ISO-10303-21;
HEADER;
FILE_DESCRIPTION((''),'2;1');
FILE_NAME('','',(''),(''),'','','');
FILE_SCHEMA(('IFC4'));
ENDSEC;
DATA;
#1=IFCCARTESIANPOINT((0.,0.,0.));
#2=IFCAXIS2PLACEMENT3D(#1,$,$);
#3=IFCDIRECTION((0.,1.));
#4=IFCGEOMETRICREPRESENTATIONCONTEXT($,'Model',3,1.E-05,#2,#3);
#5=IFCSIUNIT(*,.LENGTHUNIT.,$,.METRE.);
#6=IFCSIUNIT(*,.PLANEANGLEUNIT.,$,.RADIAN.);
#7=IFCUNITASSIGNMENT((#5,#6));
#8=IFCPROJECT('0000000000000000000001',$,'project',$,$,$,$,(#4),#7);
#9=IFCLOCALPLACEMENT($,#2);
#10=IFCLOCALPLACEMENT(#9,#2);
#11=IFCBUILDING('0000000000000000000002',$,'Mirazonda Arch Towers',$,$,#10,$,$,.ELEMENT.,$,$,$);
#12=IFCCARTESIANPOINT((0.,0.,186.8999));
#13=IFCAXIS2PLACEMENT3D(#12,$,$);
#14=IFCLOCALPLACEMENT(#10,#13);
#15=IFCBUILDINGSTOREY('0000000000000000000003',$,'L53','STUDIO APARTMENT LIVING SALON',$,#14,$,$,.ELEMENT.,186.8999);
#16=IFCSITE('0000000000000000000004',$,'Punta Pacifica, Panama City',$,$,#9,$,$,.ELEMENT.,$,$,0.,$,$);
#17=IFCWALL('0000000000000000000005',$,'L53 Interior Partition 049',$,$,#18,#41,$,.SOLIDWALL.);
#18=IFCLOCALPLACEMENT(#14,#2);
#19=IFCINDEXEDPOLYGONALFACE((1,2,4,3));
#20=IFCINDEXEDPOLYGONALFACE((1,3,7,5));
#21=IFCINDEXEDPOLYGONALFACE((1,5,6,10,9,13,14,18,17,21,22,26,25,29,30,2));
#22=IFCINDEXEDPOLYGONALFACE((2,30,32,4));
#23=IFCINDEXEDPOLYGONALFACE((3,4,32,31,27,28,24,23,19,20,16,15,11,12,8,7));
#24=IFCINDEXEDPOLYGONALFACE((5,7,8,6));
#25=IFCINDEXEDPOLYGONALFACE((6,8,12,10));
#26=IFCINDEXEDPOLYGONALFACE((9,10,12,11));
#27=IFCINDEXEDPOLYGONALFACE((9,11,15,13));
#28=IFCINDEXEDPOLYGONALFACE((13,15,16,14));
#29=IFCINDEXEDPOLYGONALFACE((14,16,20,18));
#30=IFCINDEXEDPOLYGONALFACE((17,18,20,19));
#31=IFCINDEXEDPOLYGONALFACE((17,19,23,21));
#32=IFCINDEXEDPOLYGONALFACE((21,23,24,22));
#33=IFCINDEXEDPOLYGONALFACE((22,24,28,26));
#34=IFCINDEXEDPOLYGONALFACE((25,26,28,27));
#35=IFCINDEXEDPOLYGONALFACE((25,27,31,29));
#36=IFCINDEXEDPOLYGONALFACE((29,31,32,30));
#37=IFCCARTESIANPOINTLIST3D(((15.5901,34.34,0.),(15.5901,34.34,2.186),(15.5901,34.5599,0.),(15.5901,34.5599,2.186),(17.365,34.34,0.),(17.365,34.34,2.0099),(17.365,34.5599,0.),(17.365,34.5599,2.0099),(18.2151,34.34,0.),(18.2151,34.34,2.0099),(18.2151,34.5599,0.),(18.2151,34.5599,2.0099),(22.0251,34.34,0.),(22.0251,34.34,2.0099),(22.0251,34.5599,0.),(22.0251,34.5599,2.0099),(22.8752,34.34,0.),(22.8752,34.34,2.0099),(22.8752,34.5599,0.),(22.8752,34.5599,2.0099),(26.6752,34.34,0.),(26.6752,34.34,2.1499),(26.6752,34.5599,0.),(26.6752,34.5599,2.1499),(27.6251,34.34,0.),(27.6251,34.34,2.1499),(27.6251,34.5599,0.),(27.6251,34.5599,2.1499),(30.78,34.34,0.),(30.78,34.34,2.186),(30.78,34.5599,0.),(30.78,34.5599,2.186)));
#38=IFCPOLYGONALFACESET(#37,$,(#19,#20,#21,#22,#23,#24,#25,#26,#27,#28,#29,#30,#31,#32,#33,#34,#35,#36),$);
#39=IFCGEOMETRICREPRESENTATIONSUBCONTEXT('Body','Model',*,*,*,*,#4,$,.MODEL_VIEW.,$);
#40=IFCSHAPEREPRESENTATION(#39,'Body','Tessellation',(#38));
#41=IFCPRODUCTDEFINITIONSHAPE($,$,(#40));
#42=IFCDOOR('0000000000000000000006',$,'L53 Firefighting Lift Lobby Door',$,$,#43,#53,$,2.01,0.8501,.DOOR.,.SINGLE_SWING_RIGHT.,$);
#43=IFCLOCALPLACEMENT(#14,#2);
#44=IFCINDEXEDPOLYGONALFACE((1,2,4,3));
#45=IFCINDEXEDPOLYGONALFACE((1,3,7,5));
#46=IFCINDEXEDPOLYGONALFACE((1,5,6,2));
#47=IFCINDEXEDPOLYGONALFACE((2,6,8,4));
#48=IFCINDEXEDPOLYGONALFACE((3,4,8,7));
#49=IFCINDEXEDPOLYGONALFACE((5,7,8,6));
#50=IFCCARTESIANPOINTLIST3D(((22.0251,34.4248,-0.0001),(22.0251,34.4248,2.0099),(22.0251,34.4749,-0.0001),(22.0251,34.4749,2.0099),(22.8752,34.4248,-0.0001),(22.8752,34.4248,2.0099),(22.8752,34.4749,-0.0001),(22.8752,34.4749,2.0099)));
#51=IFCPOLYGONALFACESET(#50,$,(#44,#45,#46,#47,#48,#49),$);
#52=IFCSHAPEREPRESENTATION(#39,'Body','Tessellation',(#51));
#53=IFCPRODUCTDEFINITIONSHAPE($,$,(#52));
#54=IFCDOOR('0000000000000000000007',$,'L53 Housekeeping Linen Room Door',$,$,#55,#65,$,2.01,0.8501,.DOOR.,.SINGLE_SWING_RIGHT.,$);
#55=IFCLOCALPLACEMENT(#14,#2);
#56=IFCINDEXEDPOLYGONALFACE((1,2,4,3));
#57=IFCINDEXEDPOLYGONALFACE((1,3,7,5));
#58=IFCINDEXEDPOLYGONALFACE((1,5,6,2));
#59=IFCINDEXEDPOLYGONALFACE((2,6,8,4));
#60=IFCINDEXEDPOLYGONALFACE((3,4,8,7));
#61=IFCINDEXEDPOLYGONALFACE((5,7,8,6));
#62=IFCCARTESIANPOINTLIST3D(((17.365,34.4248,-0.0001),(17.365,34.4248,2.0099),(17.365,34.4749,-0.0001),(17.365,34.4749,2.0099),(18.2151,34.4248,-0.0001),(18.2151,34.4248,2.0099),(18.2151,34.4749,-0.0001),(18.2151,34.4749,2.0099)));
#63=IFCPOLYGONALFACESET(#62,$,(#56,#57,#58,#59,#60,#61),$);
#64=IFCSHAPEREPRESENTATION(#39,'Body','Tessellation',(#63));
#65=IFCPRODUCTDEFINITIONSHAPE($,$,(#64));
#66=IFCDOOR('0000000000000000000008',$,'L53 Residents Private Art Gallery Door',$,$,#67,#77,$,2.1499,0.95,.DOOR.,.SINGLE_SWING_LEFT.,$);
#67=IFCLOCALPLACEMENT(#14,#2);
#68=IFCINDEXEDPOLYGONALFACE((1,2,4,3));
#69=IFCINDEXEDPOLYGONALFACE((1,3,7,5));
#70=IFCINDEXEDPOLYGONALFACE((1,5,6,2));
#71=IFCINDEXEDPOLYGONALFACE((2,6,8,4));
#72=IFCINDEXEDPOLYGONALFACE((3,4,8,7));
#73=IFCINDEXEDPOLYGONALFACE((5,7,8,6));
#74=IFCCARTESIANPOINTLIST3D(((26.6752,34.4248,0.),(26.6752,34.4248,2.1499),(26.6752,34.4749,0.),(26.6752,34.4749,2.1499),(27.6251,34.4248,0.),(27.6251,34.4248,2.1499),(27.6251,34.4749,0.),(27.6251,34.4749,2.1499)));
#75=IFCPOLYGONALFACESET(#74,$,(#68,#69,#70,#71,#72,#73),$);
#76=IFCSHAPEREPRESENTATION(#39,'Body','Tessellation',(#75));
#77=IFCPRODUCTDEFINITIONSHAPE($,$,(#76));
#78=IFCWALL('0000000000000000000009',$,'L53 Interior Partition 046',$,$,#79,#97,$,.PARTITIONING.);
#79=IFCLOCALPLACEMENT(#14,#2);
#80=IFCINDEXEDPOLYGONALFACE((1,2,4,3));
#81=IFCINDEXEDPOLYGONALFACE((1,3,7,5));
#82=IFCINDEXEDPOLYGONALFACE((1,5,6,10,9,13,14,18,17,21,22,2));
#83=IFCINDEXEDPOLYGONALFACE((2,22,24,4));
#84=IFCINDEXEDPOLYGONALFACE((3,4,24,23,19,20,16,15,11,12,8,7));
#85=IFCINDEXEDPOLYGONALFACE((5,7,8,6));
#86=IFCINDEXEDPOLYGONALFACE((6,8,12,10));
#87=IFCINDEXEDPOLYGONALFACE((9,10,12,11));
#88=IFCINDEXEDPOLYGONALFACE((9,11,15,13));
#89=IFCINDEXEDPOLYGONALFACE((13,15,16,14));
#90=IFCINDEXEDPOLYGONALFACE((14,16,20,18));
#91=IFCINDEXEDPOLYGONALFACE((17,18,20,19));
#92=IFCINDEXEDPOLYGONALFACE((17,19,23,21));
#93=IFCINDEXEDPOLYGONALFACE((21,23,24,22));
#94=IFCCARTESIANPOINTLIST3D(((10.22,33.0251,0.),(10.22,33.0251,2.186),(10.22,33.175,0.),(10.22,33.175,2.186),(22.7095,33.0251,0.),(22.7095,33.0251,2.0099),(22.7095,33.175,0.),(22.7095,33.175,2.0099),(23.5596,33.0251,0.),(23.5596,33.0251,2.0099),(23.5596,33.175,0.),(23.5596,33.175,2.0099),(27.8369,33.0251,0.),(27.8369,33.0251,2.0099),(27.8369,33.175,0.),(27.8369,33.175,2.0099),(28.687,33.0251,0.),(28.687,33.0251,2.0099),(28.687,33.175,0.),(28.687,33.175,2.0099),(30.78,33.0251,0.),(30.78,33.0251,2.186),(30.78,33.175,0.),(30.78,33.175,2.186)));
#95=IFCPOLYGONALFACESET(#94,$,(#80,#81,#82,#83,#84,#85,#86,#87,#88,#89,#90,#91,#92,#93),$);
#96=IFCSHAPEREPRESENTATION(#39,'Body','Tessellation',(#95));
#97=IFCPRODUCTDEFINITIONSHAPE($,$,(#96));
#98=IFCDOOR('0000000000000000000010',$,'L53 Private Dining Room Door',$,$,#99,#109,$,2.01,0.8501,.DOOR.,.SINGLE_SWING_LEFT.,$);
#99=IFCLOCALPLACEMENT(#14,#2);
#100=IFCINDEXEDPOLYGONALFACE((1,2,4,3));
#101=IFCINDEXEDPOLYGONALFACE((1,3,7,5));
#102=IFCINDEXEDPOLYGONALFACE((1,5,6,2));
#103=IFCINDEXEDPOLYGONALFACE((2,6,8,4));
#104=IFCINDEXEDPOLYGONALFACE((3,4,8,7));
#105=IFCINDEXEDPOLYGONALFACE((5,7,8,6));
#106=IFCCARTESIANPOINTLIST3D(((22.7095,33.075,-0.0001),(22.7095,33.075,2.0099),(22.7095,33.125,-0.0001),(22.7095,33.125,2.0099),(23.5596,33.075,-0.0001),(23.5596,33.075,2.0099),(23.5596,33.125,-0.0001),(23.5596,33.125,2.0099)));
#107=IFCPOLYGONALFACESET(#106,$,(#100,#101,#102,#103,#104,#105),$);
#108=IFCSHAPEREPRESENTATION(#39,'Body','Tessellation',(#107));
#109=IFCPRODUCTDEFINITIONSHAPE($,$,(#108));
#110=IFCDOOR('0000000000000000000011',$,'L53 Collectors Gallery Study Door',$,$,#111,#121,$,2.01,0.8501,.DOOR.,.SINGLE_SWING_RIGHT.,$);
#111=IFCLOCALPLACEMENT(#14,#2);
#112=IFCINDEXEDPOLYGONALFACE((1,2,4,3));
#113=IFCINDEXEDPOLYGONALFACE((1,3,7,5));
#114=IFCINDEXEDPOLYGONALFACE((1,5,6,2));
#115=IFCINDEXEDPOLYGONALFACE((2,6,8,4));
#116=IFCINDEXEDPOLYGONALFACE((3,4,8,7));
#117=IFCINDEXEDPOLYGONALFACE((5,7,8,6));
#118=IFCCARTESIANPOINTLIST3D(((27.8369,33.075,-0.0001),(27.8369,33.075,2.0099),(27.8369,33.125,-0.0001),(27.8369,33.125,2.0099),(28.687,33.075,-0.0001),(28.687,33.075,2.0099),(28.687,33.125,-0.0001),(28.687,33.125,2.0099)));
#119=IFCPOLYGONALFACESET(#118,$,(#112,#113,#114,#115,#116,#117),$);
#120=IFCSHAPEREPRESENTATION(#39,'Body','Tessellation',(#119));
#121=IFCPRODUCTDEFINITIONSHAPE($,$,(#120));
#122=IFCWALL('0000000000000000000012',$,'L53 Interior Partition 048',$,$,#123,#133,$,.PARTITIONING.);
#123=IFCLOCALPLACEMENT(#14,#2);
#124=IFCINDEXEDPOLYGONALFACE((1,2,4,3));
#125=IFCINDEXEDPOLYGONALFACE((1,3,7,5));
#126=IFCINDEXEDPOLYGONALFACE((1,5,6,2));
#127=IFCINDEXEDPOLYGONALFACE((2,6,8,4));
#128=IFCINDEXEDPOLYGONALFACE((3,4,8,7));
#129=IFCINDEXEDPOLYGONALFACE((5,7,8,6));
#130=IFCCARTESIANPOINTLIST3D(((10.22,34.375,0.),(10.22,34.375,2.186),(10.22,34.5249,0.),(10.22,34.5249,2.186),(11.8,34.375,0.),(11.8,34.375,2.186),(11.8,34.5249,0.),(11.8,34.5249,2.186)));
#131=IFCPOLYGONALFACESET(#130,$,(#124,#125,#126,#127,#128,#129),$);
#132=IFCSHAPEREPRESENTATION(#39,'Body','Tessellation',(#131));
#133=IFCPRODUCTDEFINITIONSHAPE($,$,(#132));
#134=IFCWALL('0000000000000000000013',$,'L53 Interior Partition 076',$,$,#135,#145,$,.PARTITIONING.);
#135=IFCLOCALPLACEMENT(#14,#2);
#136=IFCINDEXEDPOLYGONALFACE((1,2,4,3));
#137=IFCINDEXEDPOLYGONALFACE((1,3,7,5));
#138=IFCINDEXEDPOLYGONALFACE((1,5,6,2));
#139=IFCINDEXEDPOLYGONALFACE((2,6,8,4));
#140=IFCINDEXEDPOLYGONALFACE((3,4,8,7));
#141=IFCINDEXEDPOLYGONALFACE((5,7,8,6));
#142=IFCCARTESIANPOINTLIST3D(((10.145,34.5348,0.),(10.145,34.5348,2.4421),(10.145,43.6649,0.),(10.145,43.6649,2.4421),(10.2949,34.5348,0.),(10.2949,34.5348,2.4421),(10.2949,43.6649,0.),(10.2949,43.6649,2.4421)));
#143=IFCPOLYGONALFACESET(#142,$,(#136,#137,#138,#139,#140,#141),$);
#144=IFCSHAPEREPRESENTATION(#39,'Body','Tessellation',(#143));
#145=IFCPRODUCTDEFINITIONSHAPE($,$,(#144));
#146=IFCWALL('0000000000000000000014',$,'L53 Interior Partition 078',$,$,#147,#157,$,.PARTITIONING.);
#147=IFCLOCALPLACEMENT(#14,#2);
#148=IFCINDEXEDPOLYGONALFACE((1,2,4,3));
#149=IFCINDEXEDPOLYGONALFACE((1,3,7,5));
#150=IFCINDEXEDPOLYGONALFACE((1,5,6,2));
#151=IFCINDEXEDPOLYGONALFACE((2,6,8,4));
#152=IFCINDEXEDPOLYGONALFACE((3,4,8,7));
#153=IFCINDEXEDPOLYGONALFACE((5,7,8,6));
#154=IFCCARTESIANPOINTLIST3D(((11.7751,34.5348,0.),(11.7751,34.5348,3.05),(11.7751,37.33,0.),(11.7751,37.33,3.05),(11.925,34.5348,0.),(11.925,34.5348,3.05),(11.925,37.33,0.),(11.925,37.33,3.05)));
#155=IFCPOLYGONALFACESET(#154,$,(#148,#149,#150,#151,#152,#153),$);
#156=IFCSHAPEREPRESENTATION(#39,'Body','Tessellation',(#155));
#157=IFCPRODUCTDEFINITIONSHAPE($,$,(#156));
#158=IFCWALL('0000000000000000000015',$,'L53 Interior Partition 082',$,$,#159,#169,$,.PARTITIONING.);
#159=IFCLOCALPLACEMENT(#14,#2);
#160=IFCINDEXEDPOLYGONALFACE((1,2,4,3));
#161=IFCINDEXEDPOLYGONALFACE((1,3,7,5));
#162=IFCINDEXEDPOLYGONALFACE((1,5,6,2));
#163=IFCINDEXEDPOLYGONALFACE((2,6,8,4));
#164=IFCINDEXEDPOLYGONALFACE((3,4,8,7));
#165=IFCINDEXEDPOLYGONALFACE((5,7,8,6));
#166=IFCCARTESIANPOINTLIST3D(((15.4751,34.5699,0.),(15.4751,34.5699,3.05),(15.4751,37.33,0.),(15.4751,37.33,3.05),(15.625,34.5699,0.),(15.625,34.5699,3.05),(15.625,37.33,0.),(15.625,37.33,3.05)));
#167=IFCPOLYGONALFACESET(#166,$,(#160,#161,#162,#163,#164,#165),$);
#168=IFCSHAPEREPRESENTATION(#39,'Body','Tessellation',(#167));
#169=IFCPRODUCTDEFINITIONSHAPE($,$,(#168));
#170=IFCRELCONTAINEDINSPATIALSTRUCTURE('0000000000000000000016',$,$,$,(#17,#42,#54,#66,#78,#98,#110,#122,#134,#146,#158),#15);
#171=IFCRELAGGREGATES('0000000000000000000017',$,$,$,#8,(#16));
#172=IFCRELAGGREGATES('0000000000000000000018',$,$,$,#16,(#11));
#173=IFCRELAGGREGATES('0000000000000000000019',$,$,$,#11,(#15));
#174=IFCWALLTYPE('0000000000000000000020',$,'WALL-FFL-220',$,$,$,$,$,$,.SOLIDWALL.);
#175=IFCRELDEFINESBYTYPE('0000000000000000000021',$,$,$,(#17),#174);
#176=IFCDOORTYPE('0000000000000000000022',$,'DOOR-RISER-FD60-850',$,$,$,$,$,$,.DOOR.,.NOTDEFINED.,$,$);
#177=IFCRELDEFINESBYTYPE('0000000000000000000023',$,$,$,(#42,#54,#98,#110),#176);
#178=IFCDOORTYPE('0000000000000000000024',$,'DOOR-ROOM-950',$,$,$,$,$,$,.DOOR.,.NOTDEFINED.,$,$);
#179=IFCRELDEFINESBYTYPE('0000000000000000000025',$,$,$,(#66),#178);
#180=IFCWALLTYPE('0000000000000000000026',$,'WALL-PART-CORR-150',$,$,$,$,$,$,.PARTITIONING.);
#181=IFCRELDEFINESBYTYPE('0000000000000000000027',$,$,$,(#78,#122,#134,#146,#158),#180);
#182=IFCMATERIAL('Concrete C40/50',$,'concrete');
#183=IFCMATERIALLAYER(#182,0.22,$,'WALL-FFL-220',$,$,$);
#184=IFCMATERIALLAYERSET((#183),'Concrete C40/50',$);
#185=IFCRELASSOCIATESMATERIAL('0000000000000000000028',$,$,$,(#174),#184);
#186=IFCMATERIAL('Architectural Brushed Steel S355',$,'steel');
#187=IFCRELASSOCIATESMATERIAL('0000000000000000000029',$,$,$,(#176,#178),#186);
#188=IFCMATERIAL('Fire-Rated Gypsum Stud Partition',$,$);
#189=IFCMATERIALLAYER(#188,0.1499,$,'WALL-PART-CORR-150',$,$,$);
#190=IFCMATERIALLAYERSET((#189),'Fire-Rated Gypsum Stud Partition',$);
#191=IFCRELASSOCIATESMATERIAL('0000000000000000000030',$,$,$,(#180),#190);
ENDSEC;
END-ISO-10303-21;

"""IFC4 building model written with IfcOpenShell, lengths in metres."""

from ifc_helpers import new_model, si_unit, direction, frame, frame_2d, origin, place, context, subcontext, project, spatial, rectangle, extrude, material, layer, layer_set, type_object, element, fill, save


model = new_model("IFC4")

# Units and contexts
model_context = context("Model", 3, precision=1e-05, world=origin(), true_north=direction((0.0, 1.0)))
body_context = subcontext(model_context, "Body", "Model", "MODEL_VIEW")
ifc_project = project(units=[si_unit("LENGTHUNIT", "METRE"), si_unit("PLANEANGLEUNIT", "RADIAN")], contexts=[model_context])

# Site, building, storey
site_placement = place(None, origin())
site = spatial("IfcSite", under=ifc_project, at=site_placement, Name="Punta Pacifica, Panama City", CompositionType="ELEMENT", RefElevation=0.0)
building_placement = place(site_placement, origin())
building = spatial("IfcBuilding", under=site, at=building_placement, Name="Mirazonda Arch Towers", CompositionType="ELEMENT")
storey_placement = place(building_placement, frame((0.0, 0.0, 186.8999)))
storey = spatial("IfcBuildingStorey", under=building, at=storey_placement, Name="L53", Description="STUDIO APARTMENT LIVING SALON", CompositionType="ELEMENT", Elevation=186.8999)

# Walls, openings, doors
ifc_material_1 = material(Name="Architectural Brushed Steel S355", Category="steel")
ifc_material_2 = material(Name="Concrete C40/50", Category="concrete")
ifc_layer_1 = layer(ifc_material_2, 0.22, Name="WALL-FFL-220")
ifc_layer_set_1 = layer_set([ifc_layer_1], Name="Concrete C40/50")
wall_type_1 = type_object("IfcWallType", Name="WALL-FFL-220", PredefinedType="SOLIDWALL", material=ifc_layer_set_1)
wall_1_placement = place(storey_placement, frame((15.5901, 34.45, 0.0), z_axis=(0.0, 0.0, 1.0), x_axis=(1.0, 0.0, 0.0)))
wall_1 = element("IfcWall", 1, at=wall_1_placement, inside=storey, type_object=wall_type_1, Name="L53 Interior Partition 049", PredefinedType="SOLIDWALL", context=body_context, shape_type="SweptSolid", body=[
    extrude(rectangle(XDim=15.1899, YDim=0.22, at=frame_2d((7.595, 0.0))), origin(), (0.0, 0.0, 1.0), 2.186),
])
opening_1_placement = place(wall_1_placement, frame((6.4351, 0.0, 0.0)))
opening_1 = element("IfcOpeningElement", 2, at=opening_1_placement, cuts=wall_1, PredefinedType="OPENING", context=body_context, shape_type="SweptSolid", body=[
    extrude(rectangle(XDim=0.8501, YDim=2.01, at=frame_2d((0.425, 1.0049))), frame((0.0, 0.1199, 0.0), z_axis=(0.0, -1.0, 0.0), x_axis=(1.0, 0.0, 0.0)), (0.0, 0.0, 1.0), 0.24),
])
opening_2_placement = place(wall_1_placement, frame((11.085, 0.0, 0.0)))
opening_2 = element("IfcOpeningElement", 3, at=opening_2_placement, cuts=wall_1, PredefinedType="OPENING", context=body_context, shape_type="SweptSolid", body=[
    extrude(rectangle(XDim=0.95, YDim=2.1499, at=frame_2d((0.4751, 1.075))), frame((0.0, 0.1199, 0.0), z_axis=(0.0, -1.0, 0.0), x_axis=(1.0, 0.0, 0.0)), (0.0, 0.0, 1.0), 0.24),
])
opening_3_placement = place(wall_1_placement, frame((1.7749, 0.0, 0.0)))
opening_3 = element("IfcOpeningElement", 4, at=opening_3_placement, cuts=wall_1, PredefinedType="OPENING", context=body_context, shape_type="SweptSolid", body=[
    extrude(rectangle(XDim=0.8501, YDim=2.01, at=frame_2d((0.425, 1.0049))), frame((0.0, 0.1199, 0.0), z_axis=(0.0, -1.0, 0.0), x_axis=(1.0, 0.0, 0.0)), (0.0, 0.0, 1.0), 0.24),
])
door_type_1 = type_object("IfcDoorType", Name="DOOR-RISER-FD60-850", OperationType="NOTDEFINED", PredefinedType="DOOR", material=ifc_material_1)
door_1_placement = place(opening_1_placement, origin())
door_1 = element("IfcDoor", 5, at=door_1_placement, inside=storey, type_object=door_type_1, Name="L53 Firefighting Lift Lobby Door", OperationType="SINGLE_SWING_RIGHT", OverallHeight=2.01, OverallWidth=0.8501, PredefinedType="DOOR", context=body_context, shape_type="SweptSolid", body=[
    extrude(rectangle(XDim=0.8501, YDim=2.01, at=frame_2d((0.425, 1.0049))), frame((0.0, 0.0249, 0.0), z_axis=(0.0, -1.0, 0.0), x_axis=(1.0, 0.0, 0.0)), (0.0, 0.0, 1.0), 0.05),
])
fill(opening_1, door_1)
door_2_placement = place(opening_3_placement, origin())
door_2 = element("IfcDoor", 6, at=door_2_placement, inside=storey, type_object=door_type_1, Name="L53 Housekeeping Linen Room Door", OperationType="SINGLE_SWING_RIGHT", OverallHeight=2.01, OverallWidth=0.8501, PredefinedType="DOOR", context=body_context, shape_type="SweptSolid", body=[
    extrude(rectangle(XDim=0.8501, YDim=2.01, at=frame_2d((0.425, 1.0049))), frame((0.0, 0.0249, 0.0), z_axis=(0.0, -1.0, 0.0), x_axis=(1.0, 0.0, 0.0)), (0.0, 0.0, 1.0), 0.05),
])
fill(opening_3, door_2)
door_type_2 = type_object("IfcDoorType", Name="DOOR-ROOM-950", OperationType="NOTDEFINED", PredefinedType="DOOR", material=ifc_material_1)
door_3_placement = place(opening_2_placement, origin())
door_3 = element("IfcDoor", 7, at=door_3_placement, inside=storey, type_object=door_type_2, Name="L53 Residents Private Art Gallery Door", OperationType="SINGLE_SWING_LEFT", OverallHeight=2.1499, OverallWidth=0.95, PredefinedType="DOOR", context=body_context, shape_type="SweptSolid", body=[
    extrude(rectangle(XDim=0.95, YDim=2.1499, at=frame_2d((0.4751, 1.075))), frame((0.0, 0.0249, 0.0), z_axis=(0.0, -1.0, 0.0), x_axis=(1.0, 0.0, 0.0)), (0.0, 0.0, 1.0), 0.05),
])
fill(opening_2, door_3)
ifc_material_3 = material(Name="Fire-Rated Gypsum Stud Partition")
ifc_layer_2 = layer(ifc_material_3, 0.1499, Name="WALL-PART-CORR-150")
ifc_layer_set_2 = layer_set([ifc_layer_2], Name="Fire-Rated Gypsum Stud Partition")
wall_type_2 = type_object("IfcWallType", Name="WALL-PART-CORR-150", PredefinedType="PARTITIONING", material=ifc_layer_set_2)
wall_2_placement = place(storey_placement, frame((10.22, 33.1001, 0.0), z_axis=(0.0, 0.0, 1.0), x_axis=(1.0, 0.0, 0.0)))
wall_2 = element("IfcWall", 8, at=wall_2_placement, inside=storey, type_object=wall_type_2, Name="L53 Interior Partition 046", PredefinedType="PARTITIONING", context=body_context, shape_type="SweptSolid", body=[
    extrude(rectangle(XDim=20.5601, YDim=0.1499, at=frame_2d((10.28, 0.0))), origin(), (0.0, 0.0, 1.0), 2.186),
])
opening_4_placement = place(wall_2_placement, frame((12.4895, 0.0, 0.0)))
opening_4 = element("IfcOpeningElement", 9, at=opening_4_placement, cuts=wall_2, PredefinedType="OPENING", context=body_context, shape_type="SweptSolid", body=[
    extrude(rectangle(XDim=0.8501, YDim=2.01, at=frame_2d((0.425, 1.0049))), frame((0.0, 0.085, 0.0), z_axis=(0.0, -1.0, 0.0), x_axis=(1.0, 0.0, 0.0)), (0.0, 0.0, 1.0), 0.1699),
])
opening_5_placement = place(wall_2_placement, frame((17.6169, 0.0, 0.0)))
opening_5 = element("IfcOpeningElement", 10, at=opening_5_placement, cuts=wall_2, PredefinedType="OPENING", context=body_context, shape_type="SweptSolid", body=[
    extrude(rectangle(XDim=0.8501, YDim=2.01, at=frame_2d((0.425, 1.0049))), frame((0.0, 0.085, 0.0), z_axis=(0.0, -1.0, 0.0), x_axis=(1.0, 0.0, 0.0)), (0.0, 0.0, 1.0), 0.1699),
])
door_4_placement = place(opening_4_placement, origin())
door_4 = element("IfcDoor", 11, at=door_4_placement, inside=storey, type_object=door_type_1, Name="L53 Private Dining Room Door", OperationType="SINGLE_SWING_LEFT", OverallHeight=2.01, OverallWidth=0.8501, PredefinedType="DOOR", context=body_context, shape_type="SweptSolid", body=[
    extrude(rectangle(XDim=0.8501, YDim=2.01, at=frame_2d((0.425, 1.0049))), frame((0.0, 0.0249, 0.0), z_axis=(0.0, -1.0, 0.0), x_axis=(1.0, 0.0, 0.0)), (0.0, 0.0, 1.0), 0.05),
])
fill(opening_4, door_4)
door_5_placement = place(opening_5_placement, origin())
door_5 = element("IfcDoor", 12, at=door_5_placement, inside=storey, type_object=door_type_1, Name="L53 Collectors Gallery Study Door", OperationType="SINGLE_SWING_RIGHT", OverallHeight=2.01, OverallWidth=0.8501, PredefinedType="DOOR", context=body_context, shape_type="SweptSolid", body=[
    extrude(rectangle(XDim=0.8501, YDim=2.01, at=frame_2d((0.425, 1.0049))), frame((0.0, 0.0249, 0.0), z_axis=(0.0, -1.0, 0.0), x_axis=(1.0, 0.0, 0.0)), (0.0, 0.0, 1.0), 0.05),
])
fill(opening_5, door_5)

# Walls
wall_3_placement = place(storey_placement, frame((10.22, 34.45, 0.0), z_axis=(0.0, 0.0, 1.0), x_axis=(1.0, 0.0, 0.0)))
element("IfcWall", 13, at=wall_3_placement, inside=storey, type_object=wall_type_2, Name="L53 Interior Partition 048", PredefinedType="PARTITIONING", context=body_context, shape_type="SweptSolid", body=[
    extrude(rectangle(XDim=1.5801, YDim=0.1499, at=frame_2d((0.79, 0.0))), origin(), (0.0, 0.0, 1.0), 2.186),
])
wall_4_placement = place(storey_placement, frame((10.22, 34.5349, 0.0), z_axis=(0.0, 0.0, 1.0), x_axis=(0.0, 1.0, 0.0)))
element("IfcWall", 14, at=wall_4_placement, inside=storey, type_object=wall_type_2, Name="L53 Interior Partition 076", PredefinedType="PARTITIONING", context=body_context, shape_type="SweptSolid", body=[
    extrude(rectangle(XDim=9.1301, YDim=0.1499, at=frame_2d((4.5649, 0.0))), origin(), (0.0, 0.0, 1.0), 2.4421),
])
wall_5_placement = place(storey_placement, frame((11.8501, 34.5349, 0.0), z_axis=(0.0, 0.0, 1.0), x_axis=(0.0, 1.0, 0.0)))
element("IfcWall", 15, at=wall_5_placement, inside=storey, type_object=wall_type_2, Name="L53 Interior Partition 078", PredefinedType="PARTITIONING", context=body_context, shape_type="SweptSolid", body=[
    extrude(rectangle(XDim=2.7952, YDim=0.1499, at=frame_2d((1.3975, 0.0))), origin(), (0.0, 0.0, 1.0), 3.05),
])
wall_6_placement = place(storey_placement, frame((15.55, 34.5701, 0.0), z_axis=(0.0, 0.0, 1.0), x_axis=(0.0, 1.0, 0.0)))
element("IfcWall", 16, at=wall_6_placement, inside=storey, type_object=wall_type_2, Name="L53 Interior Partition 082", PredefinedType="PARTITIONING", context=body_context, shape_type="SweptSolid", body=[
    extrude(rectangle(XDim=2.76, YDim=0.1499, at=frame_2d((1.3799, 0.0))), origin(), (0.0, 0.0, 1.0), 3.05),
])

save(model, "model.ifc")
